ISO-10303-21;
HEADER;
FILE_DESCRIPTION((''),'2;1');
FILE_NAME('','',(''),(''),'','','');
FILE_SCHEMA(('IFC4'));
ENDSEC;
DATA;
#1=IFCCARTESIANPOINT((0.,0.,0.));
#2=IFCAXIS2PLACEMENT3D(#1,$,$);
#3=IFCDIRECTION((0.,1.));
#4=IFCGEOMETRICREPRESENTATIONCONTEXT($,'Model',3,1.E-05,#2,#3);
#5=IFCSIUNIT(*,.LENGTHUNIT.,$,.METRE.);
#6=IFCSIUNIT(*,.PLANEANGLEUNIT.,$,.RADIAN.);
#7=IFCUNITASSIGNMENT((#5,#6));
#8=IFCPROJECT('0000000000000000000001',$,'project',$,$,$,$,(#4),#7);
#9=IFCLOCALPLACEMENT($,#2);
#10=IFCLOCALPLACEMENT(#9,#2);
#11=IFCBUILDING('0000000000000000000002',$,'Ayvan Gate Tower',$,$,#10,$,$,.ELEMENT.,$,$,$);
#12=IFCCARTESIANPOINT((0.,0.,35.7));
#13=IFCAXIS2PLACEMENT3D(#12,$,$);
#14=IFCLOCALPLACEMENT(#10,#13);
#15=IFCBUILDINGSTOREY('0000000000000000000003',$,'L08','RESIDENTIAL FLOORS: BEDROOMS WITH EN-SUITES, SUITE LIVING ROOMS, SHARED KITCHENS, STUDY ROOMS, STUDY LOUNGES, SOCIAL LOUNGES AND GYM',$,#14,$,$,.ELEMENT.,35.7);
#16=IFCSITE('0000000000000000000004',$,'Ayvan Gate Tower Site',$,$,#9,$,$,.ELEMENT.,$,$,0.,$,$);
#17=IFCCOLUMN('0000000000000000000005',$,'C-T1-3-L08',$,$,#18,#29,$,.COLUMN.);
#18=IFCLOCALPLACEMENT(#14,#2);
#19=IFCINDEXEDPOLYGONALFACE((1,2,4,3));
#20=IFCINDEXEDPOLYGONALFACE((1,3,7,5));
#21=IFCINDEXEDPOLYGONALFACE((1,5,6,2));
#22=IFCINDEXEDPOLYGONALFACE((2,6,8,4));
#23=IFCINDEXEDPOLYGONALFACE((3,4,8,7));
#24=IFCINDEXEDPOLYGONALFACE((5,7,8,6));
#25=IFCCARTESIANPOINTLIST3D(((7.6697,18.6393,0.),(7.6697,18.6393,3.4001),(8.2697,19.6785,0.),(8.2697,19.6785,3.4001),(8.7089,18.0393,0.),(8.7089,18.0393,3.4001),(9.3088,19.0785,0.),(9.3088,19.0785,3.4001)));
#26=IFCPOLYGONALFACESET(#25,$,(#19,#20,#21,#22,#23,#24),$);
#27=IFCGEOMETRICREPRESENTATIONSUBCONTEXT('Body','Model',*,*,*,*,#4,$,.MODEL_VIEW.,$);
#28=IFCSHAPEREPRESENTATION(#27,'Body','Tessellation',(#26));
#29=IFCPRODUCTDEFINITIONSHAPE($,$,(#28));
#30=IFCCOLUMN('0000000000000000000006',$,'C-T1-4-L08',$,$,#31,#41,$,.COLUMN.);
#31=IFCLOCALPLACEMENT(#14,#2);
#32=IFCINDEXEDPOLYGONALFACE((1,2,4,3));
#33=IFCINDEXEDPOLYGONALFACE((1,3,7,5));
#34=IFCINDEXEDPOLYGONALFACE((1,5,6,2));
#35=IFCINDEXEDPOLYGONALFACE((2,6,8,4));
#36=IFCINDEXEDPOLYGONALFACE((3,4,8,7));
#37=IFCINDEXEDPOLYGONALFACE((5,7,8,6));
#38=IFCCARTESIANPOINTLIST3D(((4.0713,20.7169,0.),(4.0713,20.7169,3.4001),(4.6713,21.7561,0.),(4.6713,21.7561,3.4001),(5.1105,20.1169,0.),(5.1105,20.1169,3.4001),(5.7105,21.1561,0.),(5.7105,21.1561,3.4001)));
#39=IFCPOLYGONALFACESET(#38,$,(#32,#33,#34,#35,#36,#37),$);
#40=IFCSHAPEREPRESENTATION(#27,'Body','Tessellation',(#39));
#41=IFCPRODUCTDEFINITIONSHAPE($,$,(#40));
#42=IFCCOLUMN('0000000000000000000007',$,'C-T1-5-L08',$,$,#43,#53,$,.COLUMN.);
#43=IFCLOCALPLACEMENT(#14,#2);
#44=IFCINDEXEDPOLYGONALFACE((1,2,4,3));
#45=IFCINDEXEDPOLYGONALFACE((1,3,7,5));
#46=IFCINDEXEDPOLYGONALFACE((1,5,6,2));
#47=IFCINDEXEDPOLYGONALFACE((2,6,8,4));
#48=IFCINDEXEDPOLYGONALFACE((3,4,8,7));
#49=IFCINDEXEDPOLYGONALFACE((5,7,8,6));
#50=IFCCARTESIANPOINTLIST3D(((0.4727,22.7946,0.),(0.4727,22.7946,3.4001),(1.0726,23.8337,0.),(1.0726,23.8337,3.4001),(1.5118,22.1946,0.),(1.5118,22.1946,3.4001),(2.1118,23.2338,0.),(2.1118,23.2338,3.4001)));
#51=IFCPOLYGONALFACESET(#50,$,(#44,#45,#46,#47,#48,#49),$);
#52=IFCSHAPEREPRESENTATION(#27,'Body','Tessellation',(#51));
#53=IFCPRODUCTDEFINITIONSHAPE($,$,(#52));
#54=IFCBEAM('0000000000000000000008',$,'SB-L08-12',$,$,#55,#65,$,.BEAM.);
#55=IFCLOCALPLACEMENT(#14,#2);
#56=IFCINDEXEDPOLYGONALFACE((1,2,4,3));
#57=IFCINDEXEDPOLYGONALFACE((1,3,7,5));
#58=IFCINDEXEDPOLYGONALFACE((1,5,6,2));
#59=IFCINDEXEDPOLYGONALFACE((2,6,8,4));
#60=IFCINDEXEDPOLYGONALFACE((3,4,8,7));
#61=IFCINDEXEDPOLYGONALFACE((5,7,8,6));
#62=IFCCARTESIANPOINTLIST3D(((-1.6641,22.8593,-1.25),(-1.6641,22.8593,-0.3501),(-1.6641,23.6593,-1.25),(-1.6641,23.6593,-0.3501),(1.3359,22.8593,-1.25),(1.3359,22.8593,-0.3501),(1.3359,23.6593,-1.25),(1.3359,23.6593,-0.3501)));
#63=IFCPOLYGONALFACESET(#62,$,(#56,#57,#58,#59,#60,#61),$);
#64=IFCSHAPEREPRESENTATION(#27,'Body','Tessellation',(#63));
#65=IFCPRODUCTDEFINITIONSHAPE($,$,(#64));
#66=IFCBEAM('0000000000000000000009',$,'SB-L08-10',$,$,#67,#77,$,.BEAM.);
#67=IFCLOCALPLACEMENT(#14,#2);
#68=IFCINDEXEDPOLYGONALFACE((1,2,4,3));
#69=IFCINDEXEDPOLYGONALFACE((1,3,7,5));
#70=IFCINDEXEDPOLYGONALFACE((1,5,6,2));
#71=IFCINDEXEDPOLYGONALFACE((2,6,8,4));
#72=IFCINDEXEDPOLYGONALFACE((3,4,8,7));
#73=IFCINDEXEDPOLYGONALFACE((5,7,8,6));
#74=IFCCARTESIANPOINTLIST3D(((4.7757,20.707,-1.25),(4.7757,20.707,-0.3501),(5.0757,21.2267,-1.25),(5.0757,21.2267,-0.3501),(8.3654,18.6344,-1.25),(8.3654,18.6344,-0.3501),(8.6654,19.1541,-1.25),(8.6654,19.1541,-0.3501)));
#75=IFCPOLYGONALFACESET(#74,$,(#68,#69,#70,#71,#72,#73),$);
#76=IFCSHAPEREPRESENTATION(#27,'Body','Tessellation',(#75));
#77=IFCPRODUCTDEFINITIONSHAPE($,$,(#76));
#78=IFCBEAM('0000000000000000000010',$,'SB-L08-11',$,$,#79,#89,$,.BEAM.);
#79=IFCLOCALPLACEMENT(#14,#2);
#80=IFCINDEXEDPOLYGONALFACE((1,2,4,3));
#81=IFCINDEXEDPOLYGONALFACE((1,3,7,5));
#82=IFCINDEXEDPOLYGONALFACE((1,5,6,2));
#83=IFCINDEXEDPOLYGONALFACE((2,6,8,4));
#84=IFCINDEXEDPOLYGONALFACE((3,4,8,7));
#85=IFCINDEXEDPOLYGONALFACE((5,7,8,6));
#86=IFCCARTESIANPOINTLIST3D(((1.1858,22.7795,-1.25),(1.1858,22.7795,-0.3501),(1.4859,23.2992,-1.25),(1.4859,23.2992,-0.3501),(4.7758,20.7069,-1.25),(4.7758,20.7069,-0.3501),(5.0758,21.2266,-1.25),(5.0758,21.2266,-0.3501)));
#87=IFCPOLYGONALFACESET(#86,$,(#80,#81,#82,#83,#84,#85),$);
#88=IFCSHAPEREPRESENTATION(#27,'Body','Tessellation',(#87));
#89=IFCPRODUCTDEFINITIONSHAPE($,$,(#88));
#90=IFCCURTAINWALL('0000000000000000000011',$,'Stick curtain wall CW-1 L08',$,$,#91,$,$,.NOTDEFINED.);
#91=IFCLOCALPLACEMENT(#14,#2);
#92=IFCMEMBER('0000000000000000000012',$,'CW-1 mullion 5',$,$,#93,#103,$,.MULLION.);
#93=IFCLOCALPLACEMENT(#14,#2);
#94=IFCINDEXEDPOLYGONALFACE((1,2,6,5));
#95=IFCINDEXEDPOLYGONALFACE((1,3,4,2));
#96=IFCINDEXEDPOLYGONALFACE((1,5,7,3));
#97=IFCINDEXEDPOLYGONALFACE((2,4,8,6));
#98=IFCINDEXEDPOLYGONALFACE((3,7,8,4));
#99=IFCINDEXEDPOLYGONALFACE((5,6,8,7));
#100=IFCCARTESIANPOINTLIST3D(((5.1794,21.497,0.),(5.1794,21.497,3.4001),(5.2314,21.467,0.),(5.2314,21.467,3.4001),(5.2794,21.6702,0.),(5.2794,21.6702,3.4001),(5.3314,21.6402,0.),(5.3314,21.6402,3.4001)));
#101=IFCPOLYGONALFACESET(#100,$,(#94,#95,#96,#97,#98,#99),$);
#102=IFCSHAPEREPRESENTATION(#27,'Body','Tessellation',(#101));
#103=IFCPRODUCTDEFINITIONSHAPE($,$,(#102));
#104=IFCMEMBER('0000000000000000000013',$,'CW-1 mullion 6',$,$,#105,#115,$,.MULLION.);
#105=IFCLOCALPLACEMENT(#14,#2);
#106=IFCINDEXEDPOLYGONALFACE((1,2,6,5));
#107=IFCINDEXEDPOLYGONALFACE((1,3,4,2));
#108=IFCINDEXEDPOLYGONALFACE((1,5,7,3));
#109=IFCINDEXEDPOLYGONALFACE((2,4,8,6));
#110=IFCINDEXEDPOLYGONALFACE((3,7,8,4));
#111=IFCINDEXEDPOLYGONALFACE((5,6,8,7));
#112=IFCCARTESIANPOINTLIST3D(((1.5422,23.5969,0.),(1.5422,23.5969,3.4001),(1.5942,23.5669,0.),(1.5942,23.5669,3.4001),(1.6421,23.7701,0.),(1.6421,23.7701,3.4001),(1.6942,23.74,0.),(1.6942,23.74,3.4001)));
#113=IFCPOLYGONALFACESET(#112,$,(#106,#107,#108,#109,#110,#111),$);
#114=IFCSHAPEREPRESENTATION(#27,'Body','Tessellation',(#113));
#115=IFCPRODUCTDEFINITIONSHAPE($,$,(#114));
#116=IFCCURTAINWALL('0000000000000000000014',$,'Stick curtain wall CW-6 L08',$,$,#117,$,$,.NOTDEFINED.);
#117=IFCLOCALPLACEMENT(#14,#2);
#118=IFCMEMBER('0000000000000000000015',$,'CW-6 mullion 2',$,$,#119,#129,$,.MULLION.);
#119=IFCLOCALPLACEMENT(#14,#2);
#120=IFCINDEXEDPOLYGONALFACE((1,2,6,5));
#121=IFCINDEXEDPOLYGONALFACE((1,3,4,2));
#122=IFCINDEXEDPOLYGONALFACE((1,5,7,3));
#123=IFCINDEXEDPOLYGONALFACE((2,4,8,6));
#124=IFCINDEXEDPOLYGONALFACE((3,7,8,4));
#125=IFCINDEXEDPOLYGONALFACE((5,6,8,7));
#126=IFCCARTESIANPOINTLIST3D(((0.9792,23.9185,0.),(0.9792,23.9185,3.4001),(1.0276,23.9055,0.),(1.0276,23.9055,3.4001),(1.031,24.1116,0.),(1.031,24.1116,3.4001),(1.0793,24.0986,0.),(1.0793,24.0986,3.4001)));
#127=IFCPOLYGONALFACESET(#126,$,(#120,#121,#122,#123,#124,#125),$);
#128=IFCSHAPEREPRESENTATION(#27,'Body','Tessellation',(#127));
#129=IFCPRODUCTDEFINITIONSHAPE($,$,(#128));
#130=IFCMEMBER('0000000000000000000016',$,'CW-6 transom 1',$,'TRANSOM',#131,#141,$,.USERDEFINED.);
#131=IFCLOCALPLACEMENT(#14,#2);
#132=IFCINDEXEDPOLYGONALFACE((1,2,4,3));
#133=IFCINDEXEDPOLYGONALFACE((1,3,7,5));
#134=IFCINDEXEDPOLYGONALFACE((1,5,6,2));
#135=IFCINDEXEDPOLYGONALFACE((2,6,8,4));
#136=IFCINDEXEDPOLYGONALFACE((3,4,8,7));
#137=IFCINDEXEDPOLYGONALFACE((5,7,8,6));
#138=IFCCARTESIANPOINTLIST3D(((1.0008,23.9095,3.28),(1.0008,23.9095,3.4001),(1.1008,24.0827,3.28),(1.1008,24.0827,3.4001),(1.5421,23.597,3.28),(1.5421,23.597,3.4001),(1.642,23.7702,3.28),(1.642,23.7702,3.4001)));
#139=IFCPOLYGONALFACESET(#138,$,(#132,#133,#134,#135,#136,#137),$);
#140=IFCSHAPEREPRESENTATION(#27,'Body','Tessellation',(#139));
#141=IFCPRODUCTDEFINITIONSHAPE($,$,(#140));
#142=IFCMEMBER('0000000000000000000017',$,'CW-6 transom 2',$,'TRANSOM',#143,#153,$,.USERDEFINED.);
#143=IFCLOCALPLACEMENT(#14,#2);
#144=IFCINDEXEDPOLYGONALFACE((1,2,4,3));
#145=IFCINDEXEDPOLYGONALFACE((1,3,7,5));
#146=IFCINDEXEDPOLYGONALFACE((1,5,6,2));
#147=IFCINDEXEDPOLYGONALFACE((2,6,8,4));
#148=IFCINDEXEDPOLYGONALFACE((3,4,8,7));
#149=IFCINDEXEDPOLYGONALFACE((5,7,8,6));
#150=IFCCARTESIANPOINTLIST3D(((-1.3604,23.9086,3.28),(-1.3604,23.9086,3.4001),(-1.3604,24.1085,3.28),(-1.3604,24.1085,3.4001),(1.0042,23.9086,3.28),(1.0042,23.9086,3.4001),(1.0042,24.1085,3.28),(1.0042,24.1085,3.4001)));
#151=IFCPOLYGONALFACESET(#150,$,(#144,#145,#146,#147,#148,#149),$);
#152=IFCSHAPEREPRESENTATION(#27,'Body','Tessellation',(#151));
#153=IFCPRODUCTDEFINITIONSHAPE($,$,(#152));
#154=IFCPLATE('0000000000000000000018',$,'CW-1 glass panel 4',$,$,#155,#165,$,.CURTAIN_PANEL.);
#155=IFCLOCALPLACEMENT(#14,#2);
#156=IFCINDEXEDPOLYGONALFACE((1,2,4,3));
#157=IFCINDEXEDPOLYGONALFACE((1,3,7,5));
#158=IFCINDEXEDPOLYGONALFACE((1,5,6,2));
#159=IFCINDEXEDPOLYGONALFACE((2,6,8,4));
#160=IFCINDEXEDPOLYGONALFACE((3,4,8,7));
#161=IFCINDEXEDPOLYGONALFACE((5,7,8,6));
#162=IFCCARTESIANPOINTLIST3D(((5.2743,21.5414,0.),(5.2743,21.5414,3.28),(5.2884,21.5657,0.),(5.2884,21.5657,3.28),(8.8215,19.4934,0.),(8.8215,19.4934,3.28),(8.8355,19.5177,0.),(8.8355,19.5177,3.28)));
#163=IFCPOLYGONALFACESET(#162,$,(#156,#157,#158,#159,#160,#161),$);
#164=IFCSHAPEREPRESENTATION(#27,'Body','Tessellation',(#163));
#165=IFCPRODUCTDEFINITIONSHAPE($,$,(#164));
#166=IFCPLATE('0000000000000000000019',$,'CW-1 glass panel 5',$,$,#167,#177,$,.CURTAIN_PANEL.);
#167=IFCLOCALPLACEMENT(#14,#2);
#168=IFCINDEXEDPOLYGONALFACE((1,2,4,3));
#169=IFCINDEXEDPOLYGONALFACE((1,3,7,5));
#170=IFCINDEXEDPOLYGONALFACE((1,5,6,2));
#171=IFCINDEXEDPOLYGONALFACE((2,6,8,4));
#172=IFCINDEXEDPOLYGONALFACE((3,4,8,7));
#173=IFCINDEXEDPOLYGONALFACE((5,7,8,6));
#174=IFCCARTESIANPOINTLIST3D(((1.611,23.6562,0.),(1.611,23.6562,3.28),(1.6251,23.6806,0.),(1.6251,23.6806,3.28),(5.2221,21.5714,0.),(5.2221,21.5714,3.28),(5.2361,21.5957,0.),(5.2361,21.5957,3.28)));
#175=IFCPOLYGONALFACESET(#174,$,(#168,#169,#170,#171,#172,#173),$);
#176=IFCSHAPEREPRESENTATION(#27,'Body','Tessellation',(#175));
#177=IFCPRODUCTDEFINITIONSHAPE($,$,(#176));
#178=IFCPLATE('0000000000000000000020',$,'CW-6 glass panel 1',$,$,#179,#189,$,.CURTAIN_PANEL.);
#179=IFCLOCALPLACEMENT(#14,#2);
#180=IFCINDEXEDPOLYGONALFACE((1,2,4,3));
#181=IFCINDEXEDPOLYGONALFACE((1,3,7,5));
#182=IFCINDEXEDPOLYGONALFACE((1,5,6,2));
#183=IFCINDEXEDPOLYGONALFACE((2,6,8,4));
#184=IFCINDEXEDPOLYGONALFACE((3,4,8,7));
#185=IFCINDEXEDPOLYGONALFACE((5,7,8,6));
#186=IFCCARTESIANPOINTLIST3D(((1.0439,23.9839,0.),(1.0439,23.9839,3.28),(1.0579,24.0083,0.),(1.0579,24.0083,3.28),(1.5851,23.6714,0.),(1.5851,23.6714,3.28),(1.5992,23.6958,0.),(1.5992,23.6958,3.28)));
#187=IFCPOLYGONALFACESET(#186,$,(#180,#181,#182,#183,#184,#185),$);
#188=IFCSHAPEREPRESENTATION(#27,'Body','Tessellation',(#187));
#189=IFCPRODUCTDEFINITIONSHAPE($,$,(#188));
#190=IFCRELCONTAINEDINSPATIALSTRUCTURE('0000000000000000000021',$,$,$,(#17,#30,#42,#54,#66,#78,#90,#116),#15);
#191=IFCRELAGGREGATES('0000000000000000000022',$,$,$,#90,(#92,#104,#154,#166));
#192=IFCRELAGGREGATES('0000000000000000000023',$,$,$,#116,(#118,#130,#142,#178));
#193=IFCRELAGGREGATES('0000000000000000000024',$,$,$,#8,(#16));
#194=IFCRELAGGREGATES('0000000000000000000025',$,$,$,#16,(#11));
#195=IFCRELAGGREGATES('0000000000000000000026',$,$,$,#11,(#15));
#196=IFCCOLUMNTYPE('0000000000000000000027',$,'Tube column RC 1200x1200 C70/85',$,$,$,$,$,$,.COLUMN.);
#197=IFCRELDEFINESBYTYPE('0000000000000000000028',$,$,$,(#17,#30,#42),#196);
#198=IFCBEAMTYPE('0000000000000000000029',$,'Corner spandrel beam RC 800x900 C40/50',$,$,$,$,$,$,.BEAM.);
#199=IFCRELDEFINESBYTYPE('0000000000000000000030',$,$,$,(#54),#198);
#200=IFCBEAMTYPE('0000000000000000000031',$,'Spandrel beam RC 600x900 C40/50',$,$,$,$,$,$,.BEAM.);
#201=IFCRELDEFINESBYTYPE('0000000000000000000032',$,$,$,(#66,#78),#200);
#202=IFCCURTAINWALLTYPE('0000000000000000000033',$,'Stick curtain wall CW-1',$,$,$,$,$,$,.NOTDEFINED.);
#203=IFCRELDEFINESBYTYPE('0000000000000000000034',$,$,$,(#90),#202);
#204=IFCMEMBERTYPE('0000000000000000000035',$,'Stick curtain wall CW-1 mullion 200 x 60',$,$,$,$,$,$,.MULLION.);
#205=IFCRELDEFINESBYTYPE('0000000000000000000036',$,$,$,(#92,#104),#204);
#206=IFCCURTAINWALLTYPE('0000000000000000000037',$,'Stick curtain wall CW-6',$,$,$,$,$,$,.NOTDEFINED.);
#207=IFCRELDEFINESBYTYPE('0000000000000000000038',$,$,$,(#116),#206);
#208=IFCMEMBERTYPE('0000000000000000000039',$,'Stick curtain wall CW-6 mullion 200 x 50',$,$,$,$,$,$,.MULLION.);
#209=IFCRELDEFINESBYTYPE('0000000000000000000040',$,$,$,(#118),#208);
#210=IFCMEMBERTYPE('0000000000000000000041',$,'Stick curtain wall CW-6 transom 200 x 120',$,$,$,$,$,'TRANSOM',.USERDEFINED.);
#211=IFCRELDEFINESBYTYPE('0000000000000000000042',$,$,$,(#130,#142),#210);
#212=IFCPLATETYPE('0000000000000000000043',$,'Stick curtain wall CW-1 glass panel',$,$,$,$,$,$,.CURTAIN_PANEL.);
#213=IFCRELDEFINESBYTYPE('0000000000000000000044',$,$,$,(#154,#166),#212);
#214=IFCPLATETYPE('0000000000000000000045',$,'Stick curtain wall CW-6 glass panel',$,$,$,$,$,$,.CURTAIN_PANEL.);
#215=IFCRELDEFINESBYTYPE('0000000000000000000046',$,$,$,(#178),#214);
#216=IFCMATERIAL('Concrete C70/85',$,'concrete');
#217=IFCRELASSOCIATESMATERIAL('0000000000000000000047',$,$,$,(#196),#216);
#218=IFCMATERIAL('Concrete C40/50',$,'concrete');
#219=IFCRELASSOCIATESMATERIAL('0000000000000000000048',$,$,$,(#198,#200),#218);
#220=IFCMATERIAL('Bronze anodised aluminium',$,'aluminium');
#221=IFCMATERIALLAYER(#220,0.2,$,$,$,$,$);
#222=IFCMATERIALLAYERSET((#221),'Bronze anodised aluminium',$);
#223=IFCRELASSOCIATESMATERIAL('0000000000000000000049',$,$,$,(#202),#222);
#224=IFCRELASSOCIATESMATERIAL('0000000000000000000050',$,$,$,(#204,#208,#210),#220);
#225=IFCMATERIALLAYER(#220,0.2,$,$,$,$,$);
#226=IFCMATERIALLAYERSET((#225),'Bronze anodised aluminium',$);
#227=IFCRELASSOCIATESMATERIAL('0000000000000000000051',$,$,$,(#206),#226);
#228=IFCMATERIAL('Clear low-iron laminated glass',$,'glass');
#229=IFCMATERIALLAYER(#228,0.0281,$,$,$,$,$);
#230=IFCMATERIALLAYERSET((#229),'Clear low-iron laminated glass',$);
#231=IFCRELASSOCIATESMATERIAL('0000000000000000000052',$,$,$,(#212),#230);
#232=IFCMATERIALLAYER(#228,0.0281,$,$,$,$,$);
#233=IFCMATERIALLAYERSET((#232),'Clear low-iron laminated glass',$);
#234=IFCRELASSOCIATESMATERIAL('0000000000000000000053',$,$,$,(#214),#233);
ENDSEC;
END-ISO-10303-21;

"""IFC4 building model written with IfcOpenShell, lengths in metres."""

from ifc_helpers import new_model, si_unit, direction, frame, origin, origin_2d, place, context, subcontext, project, spatial, rectangle, extrude, material, layer, layer_set, material_profile, profile_set, type_object, element, aggregate, save


model = new_model("IFC4")

# Units and contexts
model_context = context("Model", 3, precision=1e-05, world=origin(), true_north=direction((0.0, 1.0)))
body_context = subcontext(model_context, "Body", "Model", "MODEL_VIEW")
ifc_project = project(units=[si_unit("LENGTHUNIT", "METRE"), si_unit("PLANEANGLEUNIT", "RADIAN")], contexts=[model_context])

# Site, building, storey
site_placement = place(None, origin())
site = spatial("IfcSite", under=ifc_project, at=site_placement, Name="Ayvan Gate Tower Site", CompositionType="ELEMENT", RefElevation=0.0)
building_placement = place(site_placement, origin())
building = spatial("IfcBuilding", under=site, at=building_placement, Name="Ayvan Gate Tower", CompositionType="ELEMENT")
storey_placement = place(building_placement, frame((0.0, 0.0, 35.7)))
storey = spatial("IfcBuildingStorey", under=building, at=storey_placement, Name="L08", Description="RESIDENTIAL FLOORS: BEDROOMS WITH EN-SUITES, SUITE LIVING ROOMS, SHARED KITCHENS, STUDY ROOMS, STUDY LOUNGES, SOCIAL LOUNGES AND GYM", CompositionType="ELEMENT", Elevation=35.7)

# Columns
ifc_material_1 = material(Name="Concrete C70/85", Category="concrete")
ifc_material_profile_1 = material_profile(ifc_material_1, rectangle(XDim=1.2, YDim=1.2, at=origin_2d()), Name="RC 1200x1200")
ifc_profile_set_1 = profile_set([ifc_material_profile_1], Name="Concrete C70/85")
column_type = type_object("IfcColumnType", Name="Tube column RC 1200x1200 C70/85", PredefinedType="COLUMN", material=ifc_profile_set_1)
for number, where, z_axis, x_axis, name in (
    (1, (8.4893, 18.8589, 0.0), (0.0, 0.0, 1.0), (0.5, 0.866025, 0.0), "C-T1-3-L08"),
    (2, (4.8909, 20.9365, 0.0), (0.0, 0.0, 1.0), (0.5, 0.866025, 0.0), "C-T1-4-L08"),
    (3, (1.2922, 23.0142, 0.0), (0.0, 0.0, 1.0), (0.5, 0.866025, 0.0), "C-T1-5-L08"),
):
    element("IfcColumn", number, at=place(storey_placement, frame(where, z_axis=z_axis, x_axis=x_axis)), inside=storey, type_object=column_type, Name=name, PredefinedType="COLUMN", context=body_context, shape_type="SweptSolid", body=[
        extrude(rectangle(XDim=1.2, YDim=1.2, at=origin_2d()), origin(), (0.0, 0.0, 1.0), 3.4001),
    ])

# Beams
ifc_material_2 = material(Name="Concrete C40/50", Category="concrete")
ifc_material_profile_2 = material_profile(ifc_material_2, rectangle(XDim=0.8, YDim=0.8999, at=origin_2d()), Name="RC 800x900")
ifc_profile_set_2 = profile_set([ifc_material_profile_2], Name="Concrete C40/50")
beam_type_1 = type_object("IfcBeamType", Name="Corner spandrel beam RC 800x900 C40/50", PredefinedType="BEAM", material=ifc_profile_set_2)
beam_1_placement = place(storey_placement, frame((1.3359, 23.2593, -0.8), z_axis=(-1.0, 0.0, 0.0), x_axis=(0.0, -1.0, 0.0)))
element("IfcBeam", 4, at=beam_1_placement, inside=storey, type_object=beam_type_1, Name="SB-L08-12", PredefinedType="BEAM", context=body_context, shape_type="SweptSolid", body=[
    extrude(rectangle(XDim=0.8, YDim=0.8999, at=origin_2d()), origin(), (0.0, 0.0, 1.0), 3.0),
])
ifc_material_profile_3 = material_profile(ifc_material_2, rectangle(XDim=0.6001, YDim=0.8999, at=origin_2d()), Name="RC 600x900")
ifc_profile_set_3 = profile_set([ifc_material_profile_3], Name="Concrete C40/50")
beam_type_2 = type_object("IfcBeamType", Name="Spandrel beam RC 600x900 C40/50", PredefinedType="BEAM", material=ifc_profile_set_3)
beam_2_placement = place(storey_placement, frame((8.5154, 18.8943, -0.8), z_axis=(-0.86602, 0.50001, 0.0), x_axis=(-0.50001, -0.86602, 0.0)))
element("IfcBeam", 5, at=beam_2_placement, inside=storey, type_object=beam_type_2, Name="SB-L08-10", PredefinedType="BEAM", context=body_context, shape_type="SweptSolid", body=[
    extrude(rectangle(XDim=0.6001, YDim=0.8999, at=origin_2d()), origin(), (0.0, 0.0, 1.0), 4.145),
])
beam_3_placement = place(storey_placement, frame((4.9258, 20.9668, -0.8), z_axis=(-0.866035, 0.499984, 0.0), x_axis=(-0.499984, -0.866035, 0.0)))
element("IfcBeam", 6, at=beam_3_placement, inside=storey, type_object=beam_type_2, Name="SB-L08-11", PredefinedType="BEAM", context=body_context, shape_type="SweptSolid", body=[
    extrude(rectangle(XDim=0.6001, YDim=0.8999, at=origin_2d()), origin(), (0.0, 0.0, 1.0), 4.1453),
])

# Curtain walls, members
ifc_material_3 = material(Name="Bronze anodised aluminium", Category="aluminium")
ifc_layer_1 = layer(ifc_material_3, 0.2)
ifc_layer_set_1 = layer_set([ifc_layer_1], Name="Bronze anodised aluminium")
curtain_wall_type_1 = type_object("IfcCurtainWallType", Name="Stick curtain wall CW-1", PredefinedType="NOTDEFINED", material=ifc_layer_set_1)
curtain_wall_1_placement = place(storey_placement, origin())
curtain_wall_1 = element("IfcCurtainWall", 7, at=curtain_wall_1_placement, inside=storey, type_object=curtain_wall_type_1, Name="Stick curtain wall CW-1 L08", PredefinedType="NOTDEFINED")
ifc_material_profile_4 = material_profile(ifc_material_3, rectangle(XDim=0.2, YDim=0.0601, at=origin_2d()), Name="Stick curtain wall CW-1 mullion 200 x 60")
ifc_profile_set_4 = profile_set([ifc_material_profile_4], Name="Bronze anodised aluminium")
member_type_1 = type_object("IfcMemberType", Name="Stick curtain wall CW-1 mullion 200 x 60", PredefinedType="MULLION", material=ifc_profile_set_4)
member_1_placement = place(storey_placement, frame((5.2554, 21.5686, 0.0), z_axis=(0.0, 0.0, 1.0), x_axis=(0.5, 0.866025, 0.0)))
member_1 = element("IfcMember", 8, at=member_1_placement, type_object=member_type_1, Name="CW-1 mullion 5", PredefinedType="MULLION", context=body_context, shape_type="SweptSolid", body=[
    extrude(rectangle(XDim=0.2, YDim=0.0601, at=origin_2d()), origin(), (0.0, 0.0, 1.0), 3.4001),
])
member_2_placement = place(storey_placement, frame((1.6182, 23.6685, 0.0), z_axis=(0.0, 0.0, 1.0), x_axis=(0.5, 0.866025, 0.0)))
member_2 = element("IfcMember", 9, at=member_2_placement, type_object=member_type_1, Name="CW-1 mullion 6", PredefinedType="MULLION", context=body_context, shape_type="SweptSolid", body=[
    extrude(rectangle(XDim=0.2, YDim=0.0601, at=origin_2d()), origin(), (0.0, 0.0, 1.0), 3.4001),
])
ifc_layer_2 = layer(ifc_material_3, 0.2)
ifc_layer_set_2 = layer_set([ifc_layer_2], Name="Bronze anodised aluminium")
curtain_wall_type_2 = type_object("IfcCurtainWallType", Name="Stick curtain wall CW-6", PredefinedType="NOTDEFINED", material=ifc_layer_set_2)
curtain_wall_2_placement = place(storey_placement, origin())
curtain_wall_2 = element("IfcCurtainWall", 10, at=curtain_wall_2_placement, inside=storey, type_object=curtain_wall_type_2, Name="Stick curtain wall CW-6 L08", PredefinedType="NOTDEFINED")
ifc_material_profile_5 = material_profile(ifc_material_3, rectangle(XDim=0.2, YDim=0.05, at=origin_2d()), Name="Stick curtain wall CW-6 mullion 200 x 50")
ifc_profile_set_5 = profile_set([ifc_material_profile_5], Name="Bronze anodised aluminium")
member_type_2 = type_object("IfcMemberType", Name="Stick curtain wall CW-6 mullion 200 x 50", PredefinedType="MULLION", material=ifc_profile_set_5)
member_3_placement = place(storey_placement, frame((1.0293, 24.0085, 0.0), z_axis=(0.0, 0.0, 1.0), x_axis=(0.258819, 0.965926, 0.0)))
member_3 = element("IfcMember", 11, at=member_3_placement, type_object=member_type_2, Name="CW-6 mullion 2", PredefinedType="MULLION", context=body_context, shape_type="SweptSolid", body=[
    extrude(rectangle(XDim=0.2, YDim=0.05, at=origin_2d()), origin(), (0.0, 0.0, 1.0), 3.4001),
])
ifc_material_profile_6 = material_profile(ifc_material_3, rectangle(XDim=0.2, YDim=0.1201, at=origin_2d()), Name="Stick curtain wall CW-6 transom 200 x 120")
ifc_profile_set_6 = profile_set([ifc_material_profile_6], Name="Bronze anodised aluminium")
member_type_3 = type_object("IfcMemberType", Name="Stick curtain wall CW-6 transom 200 x 120", ElementType="TRANSOM", PredefinedType="USERDEFINED", material=ifc_profile_set_6)
member_4_placement = place(storey_placement, frame((1.592, 23.6836, 3.3401), z_axis=(-0.866023, 0.500004, 0.0), x_axis=(-0.500004, -0.866023, 0.0)))
member_4 = element("IfcMember", 12, at=member_4_placement, type_object=member_type_3, Name="CW-6 transom 1", ObjectType="TRANSOM", PredefinedType="USERDEFINED", context=body_context, shape_type="SweptSolid", body=[
    extrude(rectangle(XDim=0.2, YDim=0.1201, at=origin_2d()), origin(), (0.0, 0.0, 1.0), 0.625),
])
member_5_placement = place(storey_placement, frame((1.0042, 24.0085, 3.3401), z_axis=(-1.0, 0.0, 0.0), x_axis=(0.0, -1.0, 0.0)))
member_5 = element("IfcMember", 13, at=member_5_placement, type_object=member_type_3, Name="CW-6 transom 2", ObjectType="TRANSOM", PredefinedType="USERDEFINED", context=body_context, shape_type="SweptSolid", body=[
    extrude(rectangle(XDim=0.2, YDim=0.1201, at=origin_2d()), origin(), (0.0, 0.0, 1.0), 2.3645),
])

# Plates
ifc_material_4 = material(Name="Clear low-iron laminated glass", Category="glass")
ifc_layer_3 = layer(ifc_material_4, 0.0281)
ifc_layer_set_3 = layer_set([ifc_layer_3], Name="Clear low-iron laminated glass")
plate_type_1 = type_object("IfcPlateType", Name="Stick curtain wall CW-1 glass panel", PredefinedType="CURTAIN_PANEL", material=ifc_layer_set_3)
plate_1_placement = place(storey_placement, frame((7.0549, 20.5295, 0.0), z_axis=(0.0, 0.0, 1.0), x_axis=(-0.866025, 0.5, 0.0)))
plate_1 = element("IfcPlate", 14, at=plate_1_placement, type_object=plate_type_1, Name="CW-1 glass panel 4", PredefinedType="CURTAIN_PANEL", context=body_context, shape_type="SweptSolid", body=[
    extrude(rectangle(XDim=4.0959, YDim=0.0281, at=origin_2d()), origin(), (0.0, 0.0, 1.0), 3.28),
])
plate_2_placement = place(storey_placement, frame((3.4236, 22.626, 0.0), z_axis=(0.0, 0.0, 1.0), x_axis=(-0.866025, 0.5, 0.0)))
plate_2 = element("IfcPlate", 15, at=plate_2_placement, type_object=plate_type_1, Name="CW-1 glass panel 5", PredefinedType="CURTAIN_PANEL", context=body_context, shape_type="SweptSolid", body=[
    extrude(rectangle(XDim=4.1697, YDim=0.0281, at=origin_2d()), origin(), (0.0, 0.0, 1.0), 3.28),
])
aggregate(curtain_wall_1, [member_1, member_2, plate_1, plate_2])
ifc_layer_4 = layer(ifc_material_4, 0.0281)
ifc_layer_set_4 = layer_set([ifc_layer_4], Name="Clear low-iron laminated glass")
plate_type_2 = type_object("IfcPlateType", Name="Stick curtain wall CW-6 glass panel", PredefinedType="CURTAIN_PANEL", material=ifc_layer_set_4)
plate_3_placement = place(storey_placement, frame((1.3215, 23.8398, 0.0), z_axis=(0.0, 0.0, 1.0), x_axis=(-0.866025, 0.5, 0.0)))
plate_3 = element("IfcPlate", 16, at=plate_3_placement, type_object=plate_type_2, Name="CW-6 glass panel 1", PredefinedType="CURTAIN_PANEL", context=body_context, shape_type="SweptSolid", body=[
    extrude(rectangle(XDim=0.625, YDim=0.0281, at=origin_2d()), origin(), (0.0, 0.0, 1.0), 3.28),
])
aggregate(curtain_wall_2, [member_3, member_4, member_5, plate_3])

save(model, "model.ifc")
